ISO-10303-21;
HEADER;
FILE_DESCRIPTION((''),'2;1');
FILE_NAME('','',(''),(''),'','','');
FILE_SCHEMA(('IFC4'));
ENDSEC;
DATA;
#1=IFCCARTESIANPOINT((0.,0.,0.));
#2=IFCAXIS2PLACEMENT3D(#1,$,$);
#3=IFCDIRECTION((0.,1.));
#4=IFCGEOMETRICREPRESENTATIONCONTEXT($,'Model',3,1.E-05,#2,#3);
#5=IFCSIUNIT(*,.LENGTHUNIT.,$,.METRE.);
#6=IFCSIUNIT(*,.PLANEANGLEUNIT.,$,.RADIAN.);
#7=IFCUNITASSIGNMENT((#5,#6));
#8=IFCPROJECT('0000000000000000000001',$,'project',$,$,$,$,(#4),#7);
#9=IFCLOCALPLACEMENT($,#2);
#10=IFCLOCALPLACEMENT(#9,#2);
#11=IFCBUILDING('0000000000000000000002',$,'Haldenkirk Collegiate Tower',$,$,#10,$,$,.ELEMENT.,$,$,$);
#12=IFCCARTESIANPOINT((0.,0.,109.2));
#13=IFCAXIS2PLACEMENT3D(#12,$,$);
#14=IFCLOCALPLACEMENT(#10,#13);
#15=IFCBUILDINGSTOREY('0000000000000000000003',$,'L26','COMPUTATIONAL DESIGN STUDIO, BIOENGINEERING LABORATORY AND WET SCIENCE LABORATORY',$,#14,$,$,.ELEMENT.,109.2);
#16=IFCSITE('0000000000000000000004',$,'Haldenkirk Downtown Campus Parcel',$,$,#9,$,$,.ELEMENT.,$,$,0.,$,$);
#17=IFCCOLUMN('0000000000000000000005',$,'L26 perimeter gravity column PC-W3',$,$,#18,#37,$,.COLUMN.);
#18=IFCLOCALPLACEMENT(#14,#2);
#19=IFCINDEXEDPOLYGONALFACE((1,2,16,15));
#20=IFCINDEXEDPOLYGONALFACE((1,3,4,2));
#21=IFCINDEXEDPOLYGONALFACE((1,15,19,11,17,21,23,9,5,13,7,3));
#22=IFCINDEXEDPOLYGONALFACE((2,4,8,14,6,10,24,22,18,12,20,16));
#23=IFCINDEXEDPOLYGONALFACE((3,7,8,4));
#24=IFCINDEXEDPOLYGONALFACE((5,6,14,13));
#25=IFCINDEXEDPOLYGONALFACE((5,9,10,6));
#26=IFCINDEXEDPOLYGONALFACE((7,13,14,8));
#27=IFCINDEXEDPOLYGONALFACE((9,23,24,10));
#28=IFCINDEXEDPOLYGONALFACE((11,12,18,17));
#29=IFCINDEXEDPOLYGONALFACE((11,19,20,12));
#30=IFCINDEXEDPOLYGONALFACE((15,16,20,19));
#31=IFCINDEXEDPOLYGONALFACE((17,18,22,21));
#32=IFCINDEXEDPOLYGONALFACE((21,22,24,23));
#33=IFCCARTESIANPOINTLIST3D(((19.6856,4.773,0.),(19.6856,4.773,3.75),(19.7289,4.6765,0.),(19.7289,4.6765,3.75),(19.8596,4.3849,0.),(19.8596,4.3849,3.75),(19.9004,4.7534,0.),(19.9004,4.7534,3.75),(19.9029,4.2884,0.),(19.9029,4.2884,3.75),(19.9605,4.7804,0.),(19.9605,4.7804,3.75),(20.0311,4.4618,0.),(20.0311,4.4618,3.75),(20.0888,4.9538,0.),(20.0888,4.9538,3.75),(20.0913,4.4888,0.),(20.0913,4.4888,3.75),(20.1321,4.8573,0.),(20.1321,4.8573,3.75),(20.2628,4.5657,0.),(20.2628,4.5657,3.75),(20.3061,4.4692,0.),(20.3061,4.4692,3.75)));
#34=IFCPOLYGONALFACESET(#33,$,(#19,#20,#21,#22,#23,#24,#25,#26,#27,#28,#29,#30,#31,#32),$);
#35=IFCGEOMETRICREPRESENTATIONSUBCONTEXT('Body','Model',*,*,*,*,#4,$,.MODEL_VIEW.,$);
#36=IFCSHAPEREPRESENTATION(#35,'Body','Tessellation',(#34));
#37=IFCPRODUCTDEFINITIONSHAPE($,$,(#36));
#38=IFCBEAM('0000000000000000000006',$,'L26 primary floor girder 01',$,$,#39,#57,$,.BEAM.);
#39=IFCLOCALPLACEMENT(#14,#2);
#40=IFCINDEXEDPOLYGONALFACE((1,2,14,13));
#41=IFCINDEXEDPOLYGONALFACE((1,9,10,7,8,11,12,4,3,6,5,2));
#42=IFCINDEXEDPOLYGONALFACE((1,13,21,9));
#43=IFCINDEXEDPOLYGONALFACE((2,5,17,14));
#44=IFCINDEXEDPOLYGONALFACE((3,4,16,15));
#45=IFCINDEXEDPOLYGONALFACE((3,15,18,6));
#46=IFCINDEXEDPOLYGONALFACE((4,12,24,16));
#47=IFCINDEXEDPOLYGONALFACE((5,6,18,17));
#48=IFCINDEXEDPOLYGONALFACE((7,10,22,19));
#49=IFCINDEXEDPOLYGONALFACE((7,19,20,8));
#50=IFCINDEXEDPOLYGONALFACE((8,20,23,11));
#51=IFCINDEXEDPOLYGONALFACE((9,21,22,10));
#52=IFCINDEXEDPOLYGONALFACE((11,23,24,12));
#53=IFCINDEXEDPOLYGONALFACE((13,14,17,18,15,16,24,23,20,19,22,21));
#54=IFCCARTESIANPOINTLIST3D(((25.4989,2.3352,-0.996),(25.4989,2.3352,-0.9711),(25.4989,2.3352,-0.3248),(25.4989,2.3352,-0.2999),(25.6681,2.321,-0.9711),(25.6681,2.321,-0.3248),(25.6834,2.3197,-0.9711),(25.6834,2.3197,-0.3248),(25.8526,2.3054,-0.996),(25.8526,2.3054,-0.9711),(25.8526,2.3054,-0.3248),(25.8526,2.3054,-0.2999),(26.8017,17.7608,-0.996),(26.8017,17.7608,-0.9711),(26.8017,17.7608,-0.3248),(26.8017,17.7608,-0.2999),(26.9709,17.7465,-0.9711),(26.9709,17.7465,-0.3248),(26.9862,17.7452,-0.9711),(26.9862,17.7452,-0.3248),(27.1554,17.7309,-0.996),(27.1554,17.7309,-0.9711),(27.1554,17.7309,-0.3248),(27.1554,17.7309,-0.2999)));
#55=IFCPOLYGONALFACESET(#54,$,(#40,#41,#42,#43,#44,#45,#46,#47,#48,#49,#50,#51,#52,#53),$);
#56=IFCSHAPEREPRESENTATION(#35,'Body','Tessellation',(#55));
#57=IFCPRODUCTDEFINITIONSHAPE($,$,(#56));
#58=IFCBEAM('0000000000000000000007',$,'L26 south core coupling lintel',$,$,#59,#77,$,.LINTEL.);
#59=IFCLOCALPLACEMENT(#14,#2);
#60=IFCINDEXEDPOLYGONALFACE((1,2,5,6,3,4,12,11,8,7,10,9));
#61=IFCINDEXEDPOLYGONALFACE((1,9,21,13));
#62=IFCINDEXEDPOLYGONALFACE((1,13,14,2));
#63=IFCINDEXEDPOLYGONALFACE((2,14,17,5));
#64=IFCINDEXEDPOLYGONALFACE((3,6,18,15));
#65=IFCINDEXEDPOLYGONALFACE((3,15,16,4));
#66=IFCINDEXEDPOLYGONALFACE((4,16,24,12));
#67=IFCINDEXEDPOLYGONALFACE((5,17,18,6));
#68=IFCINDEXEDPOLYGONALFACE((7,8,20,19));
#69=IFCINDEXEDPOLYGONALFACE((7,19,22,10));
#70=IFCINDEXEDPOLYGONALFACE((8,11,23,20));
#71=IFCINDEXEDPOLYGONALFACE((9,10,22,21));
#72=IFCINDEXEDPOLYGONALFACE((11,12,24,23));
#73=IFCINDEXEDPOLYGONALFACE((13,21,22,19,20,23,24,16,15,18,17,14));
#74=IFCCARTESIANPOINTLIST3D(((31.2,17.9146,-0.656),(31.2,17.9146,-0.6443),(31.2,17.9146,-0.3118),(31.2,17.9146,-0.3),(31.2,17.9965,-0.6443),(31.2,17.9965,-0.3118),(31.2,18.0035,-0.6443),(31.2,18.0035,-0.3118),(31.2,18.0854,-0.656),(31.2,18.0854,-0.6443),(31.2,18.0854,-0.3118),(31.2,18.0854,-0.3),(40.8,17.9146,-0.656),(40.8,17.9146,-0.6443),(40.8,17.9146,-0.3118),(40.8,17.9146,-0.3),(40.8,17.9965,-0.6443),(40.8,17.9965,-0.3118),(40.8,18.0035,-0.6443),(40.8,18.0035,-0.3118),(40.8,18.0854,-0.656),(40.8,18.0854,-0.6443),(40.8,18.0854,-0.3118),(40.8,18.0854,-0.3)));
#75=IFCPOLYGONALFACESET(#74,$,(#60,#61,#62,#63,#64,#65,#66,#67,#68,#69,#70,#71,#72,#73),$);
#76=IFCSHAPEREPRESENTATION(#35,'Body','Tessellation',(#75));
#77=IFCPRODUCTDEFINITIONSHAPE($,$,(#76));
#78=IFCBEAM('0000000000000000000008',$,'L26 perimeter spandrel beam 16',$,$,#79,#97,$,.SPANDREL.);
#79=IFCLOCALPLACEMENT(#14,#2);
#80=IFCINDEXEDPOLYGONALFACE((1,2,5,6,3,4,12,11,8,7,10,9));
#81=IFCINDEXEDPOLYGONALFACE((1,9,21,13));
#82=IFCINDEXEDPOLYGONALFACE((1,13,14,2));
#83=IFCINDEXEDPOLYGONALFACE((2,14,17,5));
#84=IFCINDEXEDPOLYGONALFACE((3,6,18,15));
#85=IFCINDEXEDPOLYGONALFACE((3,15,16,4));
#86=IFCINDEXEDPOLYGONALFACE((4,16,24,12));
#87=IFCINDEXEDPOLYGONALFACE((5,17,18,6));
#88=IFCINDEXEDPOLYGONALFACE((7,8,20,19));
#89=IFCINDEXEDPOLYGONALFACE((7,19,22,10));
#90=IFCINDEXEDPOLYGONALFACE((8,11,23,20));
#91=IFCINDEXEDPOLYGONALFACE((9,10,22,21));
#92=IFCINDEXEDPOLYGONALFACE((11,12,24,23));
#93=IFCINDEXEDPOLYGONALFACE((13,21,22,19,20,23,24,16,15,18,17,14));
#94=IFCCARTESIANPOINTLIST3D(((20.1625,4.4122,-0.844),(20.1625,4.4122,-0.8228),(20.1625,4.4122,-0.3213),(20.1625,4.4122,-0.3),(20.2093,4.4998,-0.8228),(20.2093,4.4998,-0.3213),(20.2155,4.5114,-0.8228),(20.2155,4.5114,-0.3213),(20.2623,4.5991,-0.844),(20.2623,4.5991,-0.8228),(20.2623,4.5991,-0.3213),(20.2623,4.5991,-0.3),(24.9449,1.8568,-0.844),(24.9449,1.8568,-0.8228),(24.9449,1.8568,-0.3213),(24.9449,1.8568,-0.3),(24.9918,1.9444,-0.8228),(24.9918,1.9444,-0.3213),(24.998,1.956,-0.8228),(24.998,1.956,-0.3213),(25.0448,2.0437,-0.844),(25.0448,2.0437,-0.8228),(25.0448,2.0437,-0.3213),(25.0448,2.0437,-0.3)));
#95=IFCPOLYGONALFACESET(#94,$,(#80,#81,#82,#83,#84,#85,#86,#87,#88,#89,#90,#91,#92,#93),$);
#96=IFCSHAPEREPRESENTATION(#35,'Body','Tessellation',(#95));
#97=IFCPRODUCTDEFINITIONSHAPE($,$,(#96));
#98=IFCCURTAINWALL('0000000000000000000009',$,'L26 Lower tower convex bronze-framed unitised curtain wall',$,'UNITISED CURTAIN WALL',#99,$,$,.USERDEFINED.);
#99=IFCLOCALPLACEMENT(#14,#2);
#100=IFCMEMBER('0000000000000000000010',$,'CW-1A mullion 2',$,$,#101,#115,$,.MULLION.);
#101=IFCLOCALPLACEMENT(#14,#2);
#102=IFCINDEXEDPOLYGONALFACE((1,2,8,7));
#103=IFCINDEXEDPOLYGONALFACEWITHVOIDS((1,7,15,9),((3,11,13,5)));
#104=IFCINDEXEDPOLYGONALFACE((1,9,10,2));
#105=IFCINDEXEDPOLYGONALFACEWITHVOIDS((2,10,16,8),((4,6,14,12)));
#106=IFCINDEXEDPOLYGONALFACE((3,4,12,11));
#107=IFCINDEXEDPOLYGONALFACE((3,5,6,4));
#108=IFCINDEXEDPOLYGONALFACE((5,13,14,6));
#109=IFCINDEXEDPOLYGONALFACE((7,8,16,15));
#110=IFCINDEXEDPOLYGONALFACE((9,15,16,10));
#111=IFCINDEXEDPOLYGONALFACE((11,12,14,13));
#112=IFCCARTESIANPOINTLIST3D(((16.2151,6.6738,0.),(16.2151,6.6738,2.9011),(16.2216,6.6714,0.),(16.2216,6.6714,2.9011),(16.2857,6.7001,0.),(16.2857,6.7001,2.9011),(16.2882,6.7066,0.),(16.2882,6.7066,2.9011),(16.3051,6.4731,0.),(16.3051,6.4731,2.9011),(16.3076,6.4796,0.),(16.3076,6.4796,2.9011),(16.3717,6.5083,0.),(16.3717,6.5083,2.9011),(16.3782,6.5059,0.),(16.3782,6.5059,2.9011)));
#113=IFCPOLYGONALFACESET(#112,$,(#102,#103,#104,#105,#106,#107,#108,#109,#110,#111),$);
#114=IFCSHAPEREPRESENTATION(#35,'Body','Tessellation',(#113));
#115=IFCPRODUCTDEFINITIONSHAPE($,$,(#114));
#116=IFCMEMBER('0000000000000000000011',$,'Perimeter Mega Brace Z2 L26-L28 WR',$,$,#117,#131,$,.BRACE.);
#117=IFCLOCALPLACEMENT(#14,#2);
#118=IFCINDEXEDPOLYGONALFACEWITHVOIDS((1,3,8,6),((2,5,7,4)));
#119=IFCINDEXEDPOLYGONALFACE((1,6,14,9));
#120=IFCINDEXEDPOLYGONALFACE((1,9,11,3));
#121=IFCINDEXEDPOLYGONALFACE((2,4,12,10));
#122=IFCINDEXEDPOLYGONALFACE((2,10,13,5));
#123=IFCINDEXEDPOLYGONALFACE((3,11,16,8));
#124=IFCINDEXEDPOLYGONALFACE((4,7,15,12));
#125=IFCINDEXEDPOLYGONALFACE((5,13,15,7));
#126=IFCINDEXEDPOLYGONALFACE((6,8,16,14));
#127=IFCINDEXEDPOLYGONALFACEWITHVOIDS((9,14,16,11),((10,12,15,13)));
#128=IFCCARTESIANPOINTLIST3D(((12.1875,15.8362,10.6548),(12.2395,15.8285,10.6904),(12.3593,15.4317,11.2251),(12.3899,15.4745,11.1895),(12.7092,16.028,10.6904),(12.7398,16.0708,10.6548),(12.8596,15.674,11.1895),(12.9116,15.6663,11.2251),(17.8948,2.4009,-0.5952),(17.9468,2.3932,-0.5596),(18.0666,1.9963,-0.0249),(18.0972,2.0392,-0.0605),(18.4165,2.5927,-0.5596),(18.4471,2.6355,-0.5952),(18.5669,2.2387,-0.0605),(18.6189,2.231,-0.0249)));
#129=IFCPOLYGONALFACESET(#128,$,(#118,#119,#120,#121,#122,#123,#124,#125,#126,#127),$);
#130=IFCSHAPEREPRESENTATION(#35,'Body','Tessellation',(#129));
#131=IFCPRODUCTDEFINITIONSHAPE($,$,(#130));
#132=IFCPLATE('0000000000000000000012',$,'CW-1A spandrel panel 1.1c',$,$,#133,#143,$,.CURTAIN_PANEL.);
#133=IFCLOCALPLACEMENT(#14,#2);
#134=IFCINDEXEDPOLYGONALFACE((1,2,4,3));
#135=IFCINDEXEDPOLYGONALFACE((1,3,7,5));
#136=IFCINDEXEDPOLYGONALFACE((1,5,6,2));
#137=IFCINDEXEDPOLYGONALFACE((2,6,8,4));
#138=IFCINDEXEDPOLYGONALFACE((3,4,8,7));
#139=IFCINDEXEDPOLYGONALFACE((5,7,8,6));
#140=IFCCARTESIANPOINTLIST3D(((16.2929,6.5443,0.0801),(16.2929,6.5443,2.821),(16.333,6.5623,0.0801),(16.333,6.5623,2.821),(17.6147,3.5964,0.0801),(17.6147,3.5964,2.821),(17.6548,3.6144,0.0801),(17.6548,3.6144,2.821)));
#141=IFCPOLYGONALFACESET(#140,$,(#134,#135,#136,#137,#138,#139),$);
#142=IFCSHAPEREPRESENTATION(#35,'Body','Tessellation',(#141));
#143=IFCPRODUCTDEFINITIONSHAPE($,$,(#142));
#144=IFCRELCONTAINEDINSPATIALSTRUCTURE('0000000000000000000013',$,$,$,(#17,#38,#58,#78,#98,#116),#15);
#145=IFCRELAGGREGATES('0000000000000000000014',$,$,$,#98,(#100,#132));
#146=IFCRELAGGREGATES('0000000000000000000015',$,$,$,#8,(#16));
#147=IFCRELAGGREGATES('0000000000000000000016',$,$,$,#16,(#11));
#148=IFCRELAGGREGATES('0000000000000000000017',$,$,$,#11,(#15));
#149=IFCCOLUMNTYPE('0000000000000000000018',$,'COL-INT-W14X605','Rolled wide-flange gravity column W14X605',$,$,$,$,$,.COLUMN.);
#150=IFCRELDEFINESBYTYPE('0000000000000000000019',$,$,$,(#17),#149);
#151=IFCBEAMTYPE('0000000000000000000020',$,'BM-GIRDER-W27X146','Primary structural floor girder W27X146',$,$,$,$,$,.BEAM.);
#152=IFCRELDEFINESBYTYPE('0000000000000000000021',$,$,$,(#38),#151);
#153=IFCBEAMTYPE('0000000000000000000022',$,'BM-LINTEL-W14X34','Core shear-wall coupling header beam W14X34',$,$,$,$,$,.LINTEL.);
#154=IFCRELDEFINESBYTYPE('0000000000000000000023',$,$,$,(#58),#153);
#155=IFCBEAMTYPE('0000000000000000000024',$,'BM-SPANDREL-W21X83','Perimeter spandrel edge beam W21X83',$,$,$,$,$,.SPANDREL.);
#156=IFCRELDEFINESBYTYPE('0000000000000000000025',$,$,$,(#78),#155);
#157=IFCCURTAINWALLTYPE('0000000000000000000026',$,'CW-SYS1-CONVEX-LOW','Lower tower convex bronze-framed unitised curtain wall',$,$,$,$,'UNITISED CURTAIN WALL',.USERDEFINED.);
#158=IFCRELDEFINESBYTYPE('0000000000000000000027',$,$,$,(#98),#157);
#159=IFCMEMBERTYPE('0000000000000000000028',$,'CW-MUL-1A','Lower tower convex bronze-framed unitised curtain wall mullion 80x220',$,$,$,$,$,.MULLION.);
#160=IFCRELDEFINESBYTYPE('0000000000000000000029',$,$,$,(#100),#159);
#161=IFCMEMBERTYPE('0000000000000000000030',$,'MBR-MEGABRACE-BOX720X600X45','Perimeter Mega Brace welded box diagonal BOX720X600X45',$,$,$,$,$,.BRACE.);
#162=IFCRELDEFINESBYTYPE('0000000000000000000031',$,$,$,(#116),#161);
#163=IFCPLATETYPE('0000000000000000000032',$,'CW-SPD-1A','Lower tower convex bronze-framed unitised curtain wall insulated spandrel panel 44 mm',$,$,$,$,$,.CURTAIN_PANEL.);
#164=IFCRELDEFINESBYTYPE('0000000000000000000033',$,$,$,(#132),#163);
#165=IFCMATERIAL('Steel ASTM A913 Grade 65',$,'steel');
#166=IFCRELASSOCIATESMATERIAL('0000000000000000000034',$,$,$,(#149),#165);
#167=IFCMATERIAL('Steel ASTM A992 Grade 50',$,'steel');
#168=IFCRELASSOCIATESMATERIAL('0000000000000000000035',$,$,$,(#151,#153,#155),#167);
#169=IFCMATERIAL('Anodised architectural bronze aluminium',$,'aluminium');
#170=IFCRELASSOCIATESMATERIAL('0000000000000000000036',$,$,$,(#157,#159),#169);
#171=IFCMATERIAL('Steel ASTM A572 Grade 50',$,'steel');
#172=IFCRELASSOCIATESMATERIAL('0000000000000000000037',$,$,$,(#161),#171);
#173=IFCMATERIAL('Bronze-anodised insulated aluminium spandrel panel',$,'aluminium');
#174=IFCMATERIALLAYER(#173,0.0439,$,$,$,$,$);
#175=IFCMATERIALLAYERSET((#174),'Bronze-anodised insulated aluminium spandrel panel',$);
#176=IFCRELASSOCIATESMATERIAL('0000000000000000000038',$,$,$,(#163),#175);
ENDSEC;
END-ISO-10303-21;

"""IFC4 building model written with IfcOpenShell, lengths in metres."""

from ifc_helpers import new_model, si_unit, direction, frame, origin, origin_2d, place, context, subcontext, project, spatial, rectangle, hollow_rectangle, i_section, extrude, source, transform, mapped, material, layer, layer_set, material_profile, profile_set, type_object, element, aggregate, save


model = new_model("IFC4")

# Units and contexts
model_context = context("Model", 3, precision=1e-05, world=origin(), true_north=direction((0.0, 1.0)))
body_context = subcontext(model_context, "Body", "Model", "MODEL_VIEW")
ifc_project = project(units=[si_unit("LENGTHUNIT", "METRE"), si_unit("PLANEANGLEUNIT", "RADIAN")], contexts=[model_context])

# Site, building, storey
site_placement = place(None, origin())
site = spatial("IfcSite", under=ifc_project, at=site_placement, Name="Haldenkirk Downtown Campus Parcel", CompositionType="ELEMENT", RefElevation=0.0)
building_placement = place(site_placement, origin())
building = spatial("IfcBuilding", under=site, at=building_placement, Name="Haldenkirk Collegiate Tower", CompositionType="ELEMENT")
storey_placement = place(building_placement, frame((0.0, 0.0, 109.2)))
storey = spatial("IfcBuildingStorey", under=building, at=storey_placement, Name="L26", Description="COMPUTATIONAL DESIGN STUDIO, BIOENGINEERING LABORATORY AND WET SCIENCE LABORATORY", CompositionType="ELEMENT", Elevation=109.2)

# Column
ifc_material_1 = material(Name="Steel ASTM A913 Grade 65", Category="steel")
ifc_material_profile_1 = material_profile(ifc_material_1, i_section(OverallWidth=0.4419, OverallDepth=0.531, WebThickness=0.0659, FlangeThickness=0.1057, at=origin_2d()), Name="W14X605")
ifc_profile_set_1 = profile_set([ifc_material_profile_1], Name="Steel ASTM A913 Grade 65")
column_type = type_object("IfcColumnType", Name="COL-INT-W14X605", Description="Rolled wide-flange gravity column W14X605", PredefinedType="COLUMN", material=ifc_profile_set_1)
column_placement = place(storey_placement, frame((19.9958, 4.6211, 0.0), z_axis=(0.0, 0.0, 1.0), x_axis=(0.912477, 0.409127, 0.0)))
element("IfcColumn", 1, at=column_placement, inside=storey, type_object=column_type, Name="L26 perimeter gravity column PC-W3", PredefinedType="COLUMN", context=body_context, shape_type="SweptSolid", body=[
    extrude(i_section(OverallWidth=0.4419, OverallDepth=0.531, WebThickness=0.0659, FlangeThickness=0.1057, at=origin_2d()), origin(), (0.0, 0.0, 1.0), 3.75),
])

# Beams
ifc_material_2 = material(Name="Steel ASTM A992 Grade 50", Category="steel")
ifc_material_profile_2 = material_profile(ifc_material_2, i_section(OverallWidth=0.355, OverallDepth=0.696, WebThickness=0.0154, FlangeThickness=0.0249, at=origin_2d()), Name="W27X146")
ifc_profile_set_2 = profile_set([ifc_material_profile_2], Name="Steel ASTM A992 Grade 50")
beam_type_1 = type_object("IfcBeamType", Name="BM-GIRDER-W27X146", Description="Primary structural floor girder W27X146", PredefinedType="BEAM", material=ifc_profile_set_2)
beam_1_placement = place(storey_placement, frame((25.6758, 2.3203, -0.6479), z_axis=(0.084154, 0.996453, 0.0), x_axis=(-0.996453, 0.084154, 0.0)))
element("IfcBeam", 2, at=beam_1_placement, inside=storey, type_object=beam_type_1, Name="L26 primary floor girder 01", PredefinedType="BEAM", context=body_context, shape_type="SweptSolid", body=[
    extrude(i_section(OverallWidth=0.355, OverallDepth=0.696, WebThickness=0.0154, FlangeThickness=0.0249, at=origin_2d()), origin(), (0.0, 0.0, 1.0), 15.4805),
])
ifc_material_profile_3 = material_profile(ifc_material_2, i_section(OverallWidth=0.1709, OverallDepth=0.356, WebThickness=0.0071, FlangeThickness=0.0117, at=origin_2d()), Name="W14X34")
ifc_profile_set_3 = profile_set([ifc_material_profile_3], Name="Steel ASTM A992 Grade 50")
beam_type_2 = type_object("IfcBeamType", Name="BM-LINTEL-W14X34", Description="Core shear-wall coupling header beam W14X34", PredefinedType="LINTEL", material=ifc_profile_set_3)
beam_2_placement = place(storey_placement, frame((31.2, 18.0, -0.478), z_axis=(1.0, 0.0, 0.0), x_axis=(0.0, 1.0, 0.0)))
element("IfcBeam", 3, at=beam_2_placement, inside=storey, type_object=beam_type_2, Name="L26 south core coupling lintel", PredefinedType="LINTEL", context=body_context, shape_type="SweptSolid", body=[
    extrude(i_section(OverallWidth=0.1709, OverallDepth=0.356, WebThickness=0.0071, FlangeThickness=0.0117, at=origin_2d()), origin(), (0.0, 0.0, 1.0), 9.6001),
])
ifc_material_profile_4 = material_profile(ifc_material_2, i_section(OverallWidth=0.2119, OverallDepth=0.5439, WebThickness=0.0132, FlangeThickness=0.0212, at=origin_2d()), Name="W21X83")
ifc_profile_set_4 = profile_set([ifc_material_profile_4], Name="Steel ASTM A992 Grade 50")
beam_type_3 = type_object("IfcBeamType", Name="BM-SPANDREL-W21X83", Description="Perimeter spandrel edge beam W21X83", PredefinedType="SPANDREL", material=ifc_profile_set_4)
beam_3_placement = place(storey_placement, frame((20.2124, 4.5056, -0.572), z_axis=(0.881987, -0.471273, 0.0), x_axis=(0.471273, 0.881987, 0.0)))
element("IfcBeam", 4, at=beam_3_placement, inside=storey, type_object=beam_type_3, Name="L26 perimeter spandrel beam 16", PredefinedType="SPANDREL", context=body_context, shape_type="SweptSolid", body=[
    extrude(i_section(OverallWidth=0.2119, OverallDepth=0.5439, WebThickness=0.0132, FlangeThickness=0.0212, at=origin_2d()), origin(), (0.0, 0.0, 1.0), 5.4224),
])

# Curtain wall, member
ifc_material_3 = material(Name="Anodised architectural bronze aluminium", Category="aluminium")
curtain_wall_type = type_object("IfcCurtainWallType", Name="CW-SYS1-CONVEX-LOW", Description="Lower tower convex bronze-framed unitised curtain wall", ElementType="UNITISED CURTAIN WALL", PredefinedType="USERDEFINED", material=ifc_material_3)
curtain_wall_placement = place(storey_placement, origin())
curtain_wall = element("IfcCurtainWall", 5, at=curtain_wall_placement, inside=storey, type_object=curtain_wall_type, Name="L26 Lower tower convex bronze-framed unitised curtain wall", ObjectType="UNITISED CURTAIN WALL", PredefinedType="USERDEFINED")
ifc_material_profile_5 = material_profile(ifc_material_3, hollow_rectangle(XDim=0.0801, YDim=0.22, WallThickness=0.0049, at=origin_2d()), Name="CW-MUL-1A")
ifc_profile_set_5 = profile_set([ifc_material_profile_5], Name="Anodised architectural bronze aluminium")
member_type_1 = type_object("IfcMemberType", Name="CW-MUL-1A", Description="Lower tower convex bronze-framed unitised curtain wall mullion 80x220", PredefinedType="MULLION", material=ifc_profile_set_5)
member_1_placement = place(storey_placement, frame((16.2966, 6.5898, 0.0), z_axis=(0.0, 0.0, 1.0), x_axis=(-0.912478, -0.409126, 0.0)))
member_1 = element("IfcMember", 6, at=member_1_placement, type_object=member_type_1, Name="CW-1A mullion 2", PredefinedType="MULLION", context=body_context, shape_type="SweptSolid", body=[
    extrude(hollow_rectangle(XDim=0.0801, YDim=0.22, WallThickness=0.0049, at=origin_2d()), origin(), (0.0, 0.0, 1.0), 2.9011),
])

# Member
ifc_material_4 = material(Name="Steel ASTM A572 Grade 50", Category="steel")
ifc_material_profile_6 = material_profile(ifc_material_4, hollow_rectangle(XDim=0.6001, YDim=0.72, WallThickness=0.0449, at=origin_2d()), Name="BOX720X600X45")
ifc_profile_set_6 = profile_set([ifc_material_profile_6], Name="Steel ASTM A572 Grade 50")
member_type_2 = type_object("IfcMemberType", Name="MBR-MEGABRACE-BOX720X600X45", Description="Perimeter Mega Brace welded box diagonal BOX720X600X45", PredefinedType="BRACE", material=ifc_profile_set_6)
member_2_placement = place(storey_placement, frame((18.2568, 2.3159, -0.3101), z_axis=(-0.309683, 0.729015, 0.610438), x_axis=(-0.920398, -0.390982, 0.0)))
element("IfcMember", 7, at=member_2_placement, inside=storey, type_object=member_type_2, Name="Perimeter Mega Brace Z2 L26-L28 WR", PredefinedType="BRACE", context=body_context, shape_type="SweptSolid", body=[
    extrude(hollow_rectangle(XDim=0.6001, YDim=0.72, WallThickness=0.0449, at=origin_2d()), origin(), (0.0, 0.0, 1.0), 18.4294),
])

# Plate
ifc_material_5 = material(Name="Bronze-anodised insulated aluminium spandrel panel", Category="aluminium")
ifc_layer_1 = layer(ifc_material_5, 0.0439)
ifc_layer_set_1 = layer_set([ifc_layer_1], Name="Bronze-anodised insulated aluminium spandrel panel")
plate_type = type_object("IfcPlateType", Name="CW-SPD-1A", Description="Lower tower convex bronze-framed unitised curtain wall insulated spandrel panel 44 mm", PredefinedType="CURTAIN_PANEL", material=ifc_layer_set_1)
shared_shape = source(origin(), body_context, "Body", "SweptSolid", [
    extrude(rectangle(XDim=3.2307, YDim=0.0439, at=origin_2d()), origin(), (0.0, 0.0, 1.0), 2.741),
])
plate_placement = place(storey_placement, frame((16.9739, 5.0793, 0.0801), z_axis=(0.0, 0.0, 1.0), x_axis=(-0.409126, 0.912478, 0.0)))
plate = element("IfcPlate", 8, at=plate_placement, type_object=plate_type, Name="CW-1A spandrel panel 1.1c", PredefinedType="CURTAIN_PANEL", context=body_context, shape_type="MappedRepresentation", body=[
    mapped(shared_shape, transform((0.0, 0.0, 0.0), x_axis=(1.0, 0.0, 0.0), y_axis=(0.0, 1.0, 0.0), z_axis=(0.0, 0.0, 1.0), scale=1.0)),
])
aggregate(curtain_wall, [member_1, plate])

save(model, "model.ifc")
